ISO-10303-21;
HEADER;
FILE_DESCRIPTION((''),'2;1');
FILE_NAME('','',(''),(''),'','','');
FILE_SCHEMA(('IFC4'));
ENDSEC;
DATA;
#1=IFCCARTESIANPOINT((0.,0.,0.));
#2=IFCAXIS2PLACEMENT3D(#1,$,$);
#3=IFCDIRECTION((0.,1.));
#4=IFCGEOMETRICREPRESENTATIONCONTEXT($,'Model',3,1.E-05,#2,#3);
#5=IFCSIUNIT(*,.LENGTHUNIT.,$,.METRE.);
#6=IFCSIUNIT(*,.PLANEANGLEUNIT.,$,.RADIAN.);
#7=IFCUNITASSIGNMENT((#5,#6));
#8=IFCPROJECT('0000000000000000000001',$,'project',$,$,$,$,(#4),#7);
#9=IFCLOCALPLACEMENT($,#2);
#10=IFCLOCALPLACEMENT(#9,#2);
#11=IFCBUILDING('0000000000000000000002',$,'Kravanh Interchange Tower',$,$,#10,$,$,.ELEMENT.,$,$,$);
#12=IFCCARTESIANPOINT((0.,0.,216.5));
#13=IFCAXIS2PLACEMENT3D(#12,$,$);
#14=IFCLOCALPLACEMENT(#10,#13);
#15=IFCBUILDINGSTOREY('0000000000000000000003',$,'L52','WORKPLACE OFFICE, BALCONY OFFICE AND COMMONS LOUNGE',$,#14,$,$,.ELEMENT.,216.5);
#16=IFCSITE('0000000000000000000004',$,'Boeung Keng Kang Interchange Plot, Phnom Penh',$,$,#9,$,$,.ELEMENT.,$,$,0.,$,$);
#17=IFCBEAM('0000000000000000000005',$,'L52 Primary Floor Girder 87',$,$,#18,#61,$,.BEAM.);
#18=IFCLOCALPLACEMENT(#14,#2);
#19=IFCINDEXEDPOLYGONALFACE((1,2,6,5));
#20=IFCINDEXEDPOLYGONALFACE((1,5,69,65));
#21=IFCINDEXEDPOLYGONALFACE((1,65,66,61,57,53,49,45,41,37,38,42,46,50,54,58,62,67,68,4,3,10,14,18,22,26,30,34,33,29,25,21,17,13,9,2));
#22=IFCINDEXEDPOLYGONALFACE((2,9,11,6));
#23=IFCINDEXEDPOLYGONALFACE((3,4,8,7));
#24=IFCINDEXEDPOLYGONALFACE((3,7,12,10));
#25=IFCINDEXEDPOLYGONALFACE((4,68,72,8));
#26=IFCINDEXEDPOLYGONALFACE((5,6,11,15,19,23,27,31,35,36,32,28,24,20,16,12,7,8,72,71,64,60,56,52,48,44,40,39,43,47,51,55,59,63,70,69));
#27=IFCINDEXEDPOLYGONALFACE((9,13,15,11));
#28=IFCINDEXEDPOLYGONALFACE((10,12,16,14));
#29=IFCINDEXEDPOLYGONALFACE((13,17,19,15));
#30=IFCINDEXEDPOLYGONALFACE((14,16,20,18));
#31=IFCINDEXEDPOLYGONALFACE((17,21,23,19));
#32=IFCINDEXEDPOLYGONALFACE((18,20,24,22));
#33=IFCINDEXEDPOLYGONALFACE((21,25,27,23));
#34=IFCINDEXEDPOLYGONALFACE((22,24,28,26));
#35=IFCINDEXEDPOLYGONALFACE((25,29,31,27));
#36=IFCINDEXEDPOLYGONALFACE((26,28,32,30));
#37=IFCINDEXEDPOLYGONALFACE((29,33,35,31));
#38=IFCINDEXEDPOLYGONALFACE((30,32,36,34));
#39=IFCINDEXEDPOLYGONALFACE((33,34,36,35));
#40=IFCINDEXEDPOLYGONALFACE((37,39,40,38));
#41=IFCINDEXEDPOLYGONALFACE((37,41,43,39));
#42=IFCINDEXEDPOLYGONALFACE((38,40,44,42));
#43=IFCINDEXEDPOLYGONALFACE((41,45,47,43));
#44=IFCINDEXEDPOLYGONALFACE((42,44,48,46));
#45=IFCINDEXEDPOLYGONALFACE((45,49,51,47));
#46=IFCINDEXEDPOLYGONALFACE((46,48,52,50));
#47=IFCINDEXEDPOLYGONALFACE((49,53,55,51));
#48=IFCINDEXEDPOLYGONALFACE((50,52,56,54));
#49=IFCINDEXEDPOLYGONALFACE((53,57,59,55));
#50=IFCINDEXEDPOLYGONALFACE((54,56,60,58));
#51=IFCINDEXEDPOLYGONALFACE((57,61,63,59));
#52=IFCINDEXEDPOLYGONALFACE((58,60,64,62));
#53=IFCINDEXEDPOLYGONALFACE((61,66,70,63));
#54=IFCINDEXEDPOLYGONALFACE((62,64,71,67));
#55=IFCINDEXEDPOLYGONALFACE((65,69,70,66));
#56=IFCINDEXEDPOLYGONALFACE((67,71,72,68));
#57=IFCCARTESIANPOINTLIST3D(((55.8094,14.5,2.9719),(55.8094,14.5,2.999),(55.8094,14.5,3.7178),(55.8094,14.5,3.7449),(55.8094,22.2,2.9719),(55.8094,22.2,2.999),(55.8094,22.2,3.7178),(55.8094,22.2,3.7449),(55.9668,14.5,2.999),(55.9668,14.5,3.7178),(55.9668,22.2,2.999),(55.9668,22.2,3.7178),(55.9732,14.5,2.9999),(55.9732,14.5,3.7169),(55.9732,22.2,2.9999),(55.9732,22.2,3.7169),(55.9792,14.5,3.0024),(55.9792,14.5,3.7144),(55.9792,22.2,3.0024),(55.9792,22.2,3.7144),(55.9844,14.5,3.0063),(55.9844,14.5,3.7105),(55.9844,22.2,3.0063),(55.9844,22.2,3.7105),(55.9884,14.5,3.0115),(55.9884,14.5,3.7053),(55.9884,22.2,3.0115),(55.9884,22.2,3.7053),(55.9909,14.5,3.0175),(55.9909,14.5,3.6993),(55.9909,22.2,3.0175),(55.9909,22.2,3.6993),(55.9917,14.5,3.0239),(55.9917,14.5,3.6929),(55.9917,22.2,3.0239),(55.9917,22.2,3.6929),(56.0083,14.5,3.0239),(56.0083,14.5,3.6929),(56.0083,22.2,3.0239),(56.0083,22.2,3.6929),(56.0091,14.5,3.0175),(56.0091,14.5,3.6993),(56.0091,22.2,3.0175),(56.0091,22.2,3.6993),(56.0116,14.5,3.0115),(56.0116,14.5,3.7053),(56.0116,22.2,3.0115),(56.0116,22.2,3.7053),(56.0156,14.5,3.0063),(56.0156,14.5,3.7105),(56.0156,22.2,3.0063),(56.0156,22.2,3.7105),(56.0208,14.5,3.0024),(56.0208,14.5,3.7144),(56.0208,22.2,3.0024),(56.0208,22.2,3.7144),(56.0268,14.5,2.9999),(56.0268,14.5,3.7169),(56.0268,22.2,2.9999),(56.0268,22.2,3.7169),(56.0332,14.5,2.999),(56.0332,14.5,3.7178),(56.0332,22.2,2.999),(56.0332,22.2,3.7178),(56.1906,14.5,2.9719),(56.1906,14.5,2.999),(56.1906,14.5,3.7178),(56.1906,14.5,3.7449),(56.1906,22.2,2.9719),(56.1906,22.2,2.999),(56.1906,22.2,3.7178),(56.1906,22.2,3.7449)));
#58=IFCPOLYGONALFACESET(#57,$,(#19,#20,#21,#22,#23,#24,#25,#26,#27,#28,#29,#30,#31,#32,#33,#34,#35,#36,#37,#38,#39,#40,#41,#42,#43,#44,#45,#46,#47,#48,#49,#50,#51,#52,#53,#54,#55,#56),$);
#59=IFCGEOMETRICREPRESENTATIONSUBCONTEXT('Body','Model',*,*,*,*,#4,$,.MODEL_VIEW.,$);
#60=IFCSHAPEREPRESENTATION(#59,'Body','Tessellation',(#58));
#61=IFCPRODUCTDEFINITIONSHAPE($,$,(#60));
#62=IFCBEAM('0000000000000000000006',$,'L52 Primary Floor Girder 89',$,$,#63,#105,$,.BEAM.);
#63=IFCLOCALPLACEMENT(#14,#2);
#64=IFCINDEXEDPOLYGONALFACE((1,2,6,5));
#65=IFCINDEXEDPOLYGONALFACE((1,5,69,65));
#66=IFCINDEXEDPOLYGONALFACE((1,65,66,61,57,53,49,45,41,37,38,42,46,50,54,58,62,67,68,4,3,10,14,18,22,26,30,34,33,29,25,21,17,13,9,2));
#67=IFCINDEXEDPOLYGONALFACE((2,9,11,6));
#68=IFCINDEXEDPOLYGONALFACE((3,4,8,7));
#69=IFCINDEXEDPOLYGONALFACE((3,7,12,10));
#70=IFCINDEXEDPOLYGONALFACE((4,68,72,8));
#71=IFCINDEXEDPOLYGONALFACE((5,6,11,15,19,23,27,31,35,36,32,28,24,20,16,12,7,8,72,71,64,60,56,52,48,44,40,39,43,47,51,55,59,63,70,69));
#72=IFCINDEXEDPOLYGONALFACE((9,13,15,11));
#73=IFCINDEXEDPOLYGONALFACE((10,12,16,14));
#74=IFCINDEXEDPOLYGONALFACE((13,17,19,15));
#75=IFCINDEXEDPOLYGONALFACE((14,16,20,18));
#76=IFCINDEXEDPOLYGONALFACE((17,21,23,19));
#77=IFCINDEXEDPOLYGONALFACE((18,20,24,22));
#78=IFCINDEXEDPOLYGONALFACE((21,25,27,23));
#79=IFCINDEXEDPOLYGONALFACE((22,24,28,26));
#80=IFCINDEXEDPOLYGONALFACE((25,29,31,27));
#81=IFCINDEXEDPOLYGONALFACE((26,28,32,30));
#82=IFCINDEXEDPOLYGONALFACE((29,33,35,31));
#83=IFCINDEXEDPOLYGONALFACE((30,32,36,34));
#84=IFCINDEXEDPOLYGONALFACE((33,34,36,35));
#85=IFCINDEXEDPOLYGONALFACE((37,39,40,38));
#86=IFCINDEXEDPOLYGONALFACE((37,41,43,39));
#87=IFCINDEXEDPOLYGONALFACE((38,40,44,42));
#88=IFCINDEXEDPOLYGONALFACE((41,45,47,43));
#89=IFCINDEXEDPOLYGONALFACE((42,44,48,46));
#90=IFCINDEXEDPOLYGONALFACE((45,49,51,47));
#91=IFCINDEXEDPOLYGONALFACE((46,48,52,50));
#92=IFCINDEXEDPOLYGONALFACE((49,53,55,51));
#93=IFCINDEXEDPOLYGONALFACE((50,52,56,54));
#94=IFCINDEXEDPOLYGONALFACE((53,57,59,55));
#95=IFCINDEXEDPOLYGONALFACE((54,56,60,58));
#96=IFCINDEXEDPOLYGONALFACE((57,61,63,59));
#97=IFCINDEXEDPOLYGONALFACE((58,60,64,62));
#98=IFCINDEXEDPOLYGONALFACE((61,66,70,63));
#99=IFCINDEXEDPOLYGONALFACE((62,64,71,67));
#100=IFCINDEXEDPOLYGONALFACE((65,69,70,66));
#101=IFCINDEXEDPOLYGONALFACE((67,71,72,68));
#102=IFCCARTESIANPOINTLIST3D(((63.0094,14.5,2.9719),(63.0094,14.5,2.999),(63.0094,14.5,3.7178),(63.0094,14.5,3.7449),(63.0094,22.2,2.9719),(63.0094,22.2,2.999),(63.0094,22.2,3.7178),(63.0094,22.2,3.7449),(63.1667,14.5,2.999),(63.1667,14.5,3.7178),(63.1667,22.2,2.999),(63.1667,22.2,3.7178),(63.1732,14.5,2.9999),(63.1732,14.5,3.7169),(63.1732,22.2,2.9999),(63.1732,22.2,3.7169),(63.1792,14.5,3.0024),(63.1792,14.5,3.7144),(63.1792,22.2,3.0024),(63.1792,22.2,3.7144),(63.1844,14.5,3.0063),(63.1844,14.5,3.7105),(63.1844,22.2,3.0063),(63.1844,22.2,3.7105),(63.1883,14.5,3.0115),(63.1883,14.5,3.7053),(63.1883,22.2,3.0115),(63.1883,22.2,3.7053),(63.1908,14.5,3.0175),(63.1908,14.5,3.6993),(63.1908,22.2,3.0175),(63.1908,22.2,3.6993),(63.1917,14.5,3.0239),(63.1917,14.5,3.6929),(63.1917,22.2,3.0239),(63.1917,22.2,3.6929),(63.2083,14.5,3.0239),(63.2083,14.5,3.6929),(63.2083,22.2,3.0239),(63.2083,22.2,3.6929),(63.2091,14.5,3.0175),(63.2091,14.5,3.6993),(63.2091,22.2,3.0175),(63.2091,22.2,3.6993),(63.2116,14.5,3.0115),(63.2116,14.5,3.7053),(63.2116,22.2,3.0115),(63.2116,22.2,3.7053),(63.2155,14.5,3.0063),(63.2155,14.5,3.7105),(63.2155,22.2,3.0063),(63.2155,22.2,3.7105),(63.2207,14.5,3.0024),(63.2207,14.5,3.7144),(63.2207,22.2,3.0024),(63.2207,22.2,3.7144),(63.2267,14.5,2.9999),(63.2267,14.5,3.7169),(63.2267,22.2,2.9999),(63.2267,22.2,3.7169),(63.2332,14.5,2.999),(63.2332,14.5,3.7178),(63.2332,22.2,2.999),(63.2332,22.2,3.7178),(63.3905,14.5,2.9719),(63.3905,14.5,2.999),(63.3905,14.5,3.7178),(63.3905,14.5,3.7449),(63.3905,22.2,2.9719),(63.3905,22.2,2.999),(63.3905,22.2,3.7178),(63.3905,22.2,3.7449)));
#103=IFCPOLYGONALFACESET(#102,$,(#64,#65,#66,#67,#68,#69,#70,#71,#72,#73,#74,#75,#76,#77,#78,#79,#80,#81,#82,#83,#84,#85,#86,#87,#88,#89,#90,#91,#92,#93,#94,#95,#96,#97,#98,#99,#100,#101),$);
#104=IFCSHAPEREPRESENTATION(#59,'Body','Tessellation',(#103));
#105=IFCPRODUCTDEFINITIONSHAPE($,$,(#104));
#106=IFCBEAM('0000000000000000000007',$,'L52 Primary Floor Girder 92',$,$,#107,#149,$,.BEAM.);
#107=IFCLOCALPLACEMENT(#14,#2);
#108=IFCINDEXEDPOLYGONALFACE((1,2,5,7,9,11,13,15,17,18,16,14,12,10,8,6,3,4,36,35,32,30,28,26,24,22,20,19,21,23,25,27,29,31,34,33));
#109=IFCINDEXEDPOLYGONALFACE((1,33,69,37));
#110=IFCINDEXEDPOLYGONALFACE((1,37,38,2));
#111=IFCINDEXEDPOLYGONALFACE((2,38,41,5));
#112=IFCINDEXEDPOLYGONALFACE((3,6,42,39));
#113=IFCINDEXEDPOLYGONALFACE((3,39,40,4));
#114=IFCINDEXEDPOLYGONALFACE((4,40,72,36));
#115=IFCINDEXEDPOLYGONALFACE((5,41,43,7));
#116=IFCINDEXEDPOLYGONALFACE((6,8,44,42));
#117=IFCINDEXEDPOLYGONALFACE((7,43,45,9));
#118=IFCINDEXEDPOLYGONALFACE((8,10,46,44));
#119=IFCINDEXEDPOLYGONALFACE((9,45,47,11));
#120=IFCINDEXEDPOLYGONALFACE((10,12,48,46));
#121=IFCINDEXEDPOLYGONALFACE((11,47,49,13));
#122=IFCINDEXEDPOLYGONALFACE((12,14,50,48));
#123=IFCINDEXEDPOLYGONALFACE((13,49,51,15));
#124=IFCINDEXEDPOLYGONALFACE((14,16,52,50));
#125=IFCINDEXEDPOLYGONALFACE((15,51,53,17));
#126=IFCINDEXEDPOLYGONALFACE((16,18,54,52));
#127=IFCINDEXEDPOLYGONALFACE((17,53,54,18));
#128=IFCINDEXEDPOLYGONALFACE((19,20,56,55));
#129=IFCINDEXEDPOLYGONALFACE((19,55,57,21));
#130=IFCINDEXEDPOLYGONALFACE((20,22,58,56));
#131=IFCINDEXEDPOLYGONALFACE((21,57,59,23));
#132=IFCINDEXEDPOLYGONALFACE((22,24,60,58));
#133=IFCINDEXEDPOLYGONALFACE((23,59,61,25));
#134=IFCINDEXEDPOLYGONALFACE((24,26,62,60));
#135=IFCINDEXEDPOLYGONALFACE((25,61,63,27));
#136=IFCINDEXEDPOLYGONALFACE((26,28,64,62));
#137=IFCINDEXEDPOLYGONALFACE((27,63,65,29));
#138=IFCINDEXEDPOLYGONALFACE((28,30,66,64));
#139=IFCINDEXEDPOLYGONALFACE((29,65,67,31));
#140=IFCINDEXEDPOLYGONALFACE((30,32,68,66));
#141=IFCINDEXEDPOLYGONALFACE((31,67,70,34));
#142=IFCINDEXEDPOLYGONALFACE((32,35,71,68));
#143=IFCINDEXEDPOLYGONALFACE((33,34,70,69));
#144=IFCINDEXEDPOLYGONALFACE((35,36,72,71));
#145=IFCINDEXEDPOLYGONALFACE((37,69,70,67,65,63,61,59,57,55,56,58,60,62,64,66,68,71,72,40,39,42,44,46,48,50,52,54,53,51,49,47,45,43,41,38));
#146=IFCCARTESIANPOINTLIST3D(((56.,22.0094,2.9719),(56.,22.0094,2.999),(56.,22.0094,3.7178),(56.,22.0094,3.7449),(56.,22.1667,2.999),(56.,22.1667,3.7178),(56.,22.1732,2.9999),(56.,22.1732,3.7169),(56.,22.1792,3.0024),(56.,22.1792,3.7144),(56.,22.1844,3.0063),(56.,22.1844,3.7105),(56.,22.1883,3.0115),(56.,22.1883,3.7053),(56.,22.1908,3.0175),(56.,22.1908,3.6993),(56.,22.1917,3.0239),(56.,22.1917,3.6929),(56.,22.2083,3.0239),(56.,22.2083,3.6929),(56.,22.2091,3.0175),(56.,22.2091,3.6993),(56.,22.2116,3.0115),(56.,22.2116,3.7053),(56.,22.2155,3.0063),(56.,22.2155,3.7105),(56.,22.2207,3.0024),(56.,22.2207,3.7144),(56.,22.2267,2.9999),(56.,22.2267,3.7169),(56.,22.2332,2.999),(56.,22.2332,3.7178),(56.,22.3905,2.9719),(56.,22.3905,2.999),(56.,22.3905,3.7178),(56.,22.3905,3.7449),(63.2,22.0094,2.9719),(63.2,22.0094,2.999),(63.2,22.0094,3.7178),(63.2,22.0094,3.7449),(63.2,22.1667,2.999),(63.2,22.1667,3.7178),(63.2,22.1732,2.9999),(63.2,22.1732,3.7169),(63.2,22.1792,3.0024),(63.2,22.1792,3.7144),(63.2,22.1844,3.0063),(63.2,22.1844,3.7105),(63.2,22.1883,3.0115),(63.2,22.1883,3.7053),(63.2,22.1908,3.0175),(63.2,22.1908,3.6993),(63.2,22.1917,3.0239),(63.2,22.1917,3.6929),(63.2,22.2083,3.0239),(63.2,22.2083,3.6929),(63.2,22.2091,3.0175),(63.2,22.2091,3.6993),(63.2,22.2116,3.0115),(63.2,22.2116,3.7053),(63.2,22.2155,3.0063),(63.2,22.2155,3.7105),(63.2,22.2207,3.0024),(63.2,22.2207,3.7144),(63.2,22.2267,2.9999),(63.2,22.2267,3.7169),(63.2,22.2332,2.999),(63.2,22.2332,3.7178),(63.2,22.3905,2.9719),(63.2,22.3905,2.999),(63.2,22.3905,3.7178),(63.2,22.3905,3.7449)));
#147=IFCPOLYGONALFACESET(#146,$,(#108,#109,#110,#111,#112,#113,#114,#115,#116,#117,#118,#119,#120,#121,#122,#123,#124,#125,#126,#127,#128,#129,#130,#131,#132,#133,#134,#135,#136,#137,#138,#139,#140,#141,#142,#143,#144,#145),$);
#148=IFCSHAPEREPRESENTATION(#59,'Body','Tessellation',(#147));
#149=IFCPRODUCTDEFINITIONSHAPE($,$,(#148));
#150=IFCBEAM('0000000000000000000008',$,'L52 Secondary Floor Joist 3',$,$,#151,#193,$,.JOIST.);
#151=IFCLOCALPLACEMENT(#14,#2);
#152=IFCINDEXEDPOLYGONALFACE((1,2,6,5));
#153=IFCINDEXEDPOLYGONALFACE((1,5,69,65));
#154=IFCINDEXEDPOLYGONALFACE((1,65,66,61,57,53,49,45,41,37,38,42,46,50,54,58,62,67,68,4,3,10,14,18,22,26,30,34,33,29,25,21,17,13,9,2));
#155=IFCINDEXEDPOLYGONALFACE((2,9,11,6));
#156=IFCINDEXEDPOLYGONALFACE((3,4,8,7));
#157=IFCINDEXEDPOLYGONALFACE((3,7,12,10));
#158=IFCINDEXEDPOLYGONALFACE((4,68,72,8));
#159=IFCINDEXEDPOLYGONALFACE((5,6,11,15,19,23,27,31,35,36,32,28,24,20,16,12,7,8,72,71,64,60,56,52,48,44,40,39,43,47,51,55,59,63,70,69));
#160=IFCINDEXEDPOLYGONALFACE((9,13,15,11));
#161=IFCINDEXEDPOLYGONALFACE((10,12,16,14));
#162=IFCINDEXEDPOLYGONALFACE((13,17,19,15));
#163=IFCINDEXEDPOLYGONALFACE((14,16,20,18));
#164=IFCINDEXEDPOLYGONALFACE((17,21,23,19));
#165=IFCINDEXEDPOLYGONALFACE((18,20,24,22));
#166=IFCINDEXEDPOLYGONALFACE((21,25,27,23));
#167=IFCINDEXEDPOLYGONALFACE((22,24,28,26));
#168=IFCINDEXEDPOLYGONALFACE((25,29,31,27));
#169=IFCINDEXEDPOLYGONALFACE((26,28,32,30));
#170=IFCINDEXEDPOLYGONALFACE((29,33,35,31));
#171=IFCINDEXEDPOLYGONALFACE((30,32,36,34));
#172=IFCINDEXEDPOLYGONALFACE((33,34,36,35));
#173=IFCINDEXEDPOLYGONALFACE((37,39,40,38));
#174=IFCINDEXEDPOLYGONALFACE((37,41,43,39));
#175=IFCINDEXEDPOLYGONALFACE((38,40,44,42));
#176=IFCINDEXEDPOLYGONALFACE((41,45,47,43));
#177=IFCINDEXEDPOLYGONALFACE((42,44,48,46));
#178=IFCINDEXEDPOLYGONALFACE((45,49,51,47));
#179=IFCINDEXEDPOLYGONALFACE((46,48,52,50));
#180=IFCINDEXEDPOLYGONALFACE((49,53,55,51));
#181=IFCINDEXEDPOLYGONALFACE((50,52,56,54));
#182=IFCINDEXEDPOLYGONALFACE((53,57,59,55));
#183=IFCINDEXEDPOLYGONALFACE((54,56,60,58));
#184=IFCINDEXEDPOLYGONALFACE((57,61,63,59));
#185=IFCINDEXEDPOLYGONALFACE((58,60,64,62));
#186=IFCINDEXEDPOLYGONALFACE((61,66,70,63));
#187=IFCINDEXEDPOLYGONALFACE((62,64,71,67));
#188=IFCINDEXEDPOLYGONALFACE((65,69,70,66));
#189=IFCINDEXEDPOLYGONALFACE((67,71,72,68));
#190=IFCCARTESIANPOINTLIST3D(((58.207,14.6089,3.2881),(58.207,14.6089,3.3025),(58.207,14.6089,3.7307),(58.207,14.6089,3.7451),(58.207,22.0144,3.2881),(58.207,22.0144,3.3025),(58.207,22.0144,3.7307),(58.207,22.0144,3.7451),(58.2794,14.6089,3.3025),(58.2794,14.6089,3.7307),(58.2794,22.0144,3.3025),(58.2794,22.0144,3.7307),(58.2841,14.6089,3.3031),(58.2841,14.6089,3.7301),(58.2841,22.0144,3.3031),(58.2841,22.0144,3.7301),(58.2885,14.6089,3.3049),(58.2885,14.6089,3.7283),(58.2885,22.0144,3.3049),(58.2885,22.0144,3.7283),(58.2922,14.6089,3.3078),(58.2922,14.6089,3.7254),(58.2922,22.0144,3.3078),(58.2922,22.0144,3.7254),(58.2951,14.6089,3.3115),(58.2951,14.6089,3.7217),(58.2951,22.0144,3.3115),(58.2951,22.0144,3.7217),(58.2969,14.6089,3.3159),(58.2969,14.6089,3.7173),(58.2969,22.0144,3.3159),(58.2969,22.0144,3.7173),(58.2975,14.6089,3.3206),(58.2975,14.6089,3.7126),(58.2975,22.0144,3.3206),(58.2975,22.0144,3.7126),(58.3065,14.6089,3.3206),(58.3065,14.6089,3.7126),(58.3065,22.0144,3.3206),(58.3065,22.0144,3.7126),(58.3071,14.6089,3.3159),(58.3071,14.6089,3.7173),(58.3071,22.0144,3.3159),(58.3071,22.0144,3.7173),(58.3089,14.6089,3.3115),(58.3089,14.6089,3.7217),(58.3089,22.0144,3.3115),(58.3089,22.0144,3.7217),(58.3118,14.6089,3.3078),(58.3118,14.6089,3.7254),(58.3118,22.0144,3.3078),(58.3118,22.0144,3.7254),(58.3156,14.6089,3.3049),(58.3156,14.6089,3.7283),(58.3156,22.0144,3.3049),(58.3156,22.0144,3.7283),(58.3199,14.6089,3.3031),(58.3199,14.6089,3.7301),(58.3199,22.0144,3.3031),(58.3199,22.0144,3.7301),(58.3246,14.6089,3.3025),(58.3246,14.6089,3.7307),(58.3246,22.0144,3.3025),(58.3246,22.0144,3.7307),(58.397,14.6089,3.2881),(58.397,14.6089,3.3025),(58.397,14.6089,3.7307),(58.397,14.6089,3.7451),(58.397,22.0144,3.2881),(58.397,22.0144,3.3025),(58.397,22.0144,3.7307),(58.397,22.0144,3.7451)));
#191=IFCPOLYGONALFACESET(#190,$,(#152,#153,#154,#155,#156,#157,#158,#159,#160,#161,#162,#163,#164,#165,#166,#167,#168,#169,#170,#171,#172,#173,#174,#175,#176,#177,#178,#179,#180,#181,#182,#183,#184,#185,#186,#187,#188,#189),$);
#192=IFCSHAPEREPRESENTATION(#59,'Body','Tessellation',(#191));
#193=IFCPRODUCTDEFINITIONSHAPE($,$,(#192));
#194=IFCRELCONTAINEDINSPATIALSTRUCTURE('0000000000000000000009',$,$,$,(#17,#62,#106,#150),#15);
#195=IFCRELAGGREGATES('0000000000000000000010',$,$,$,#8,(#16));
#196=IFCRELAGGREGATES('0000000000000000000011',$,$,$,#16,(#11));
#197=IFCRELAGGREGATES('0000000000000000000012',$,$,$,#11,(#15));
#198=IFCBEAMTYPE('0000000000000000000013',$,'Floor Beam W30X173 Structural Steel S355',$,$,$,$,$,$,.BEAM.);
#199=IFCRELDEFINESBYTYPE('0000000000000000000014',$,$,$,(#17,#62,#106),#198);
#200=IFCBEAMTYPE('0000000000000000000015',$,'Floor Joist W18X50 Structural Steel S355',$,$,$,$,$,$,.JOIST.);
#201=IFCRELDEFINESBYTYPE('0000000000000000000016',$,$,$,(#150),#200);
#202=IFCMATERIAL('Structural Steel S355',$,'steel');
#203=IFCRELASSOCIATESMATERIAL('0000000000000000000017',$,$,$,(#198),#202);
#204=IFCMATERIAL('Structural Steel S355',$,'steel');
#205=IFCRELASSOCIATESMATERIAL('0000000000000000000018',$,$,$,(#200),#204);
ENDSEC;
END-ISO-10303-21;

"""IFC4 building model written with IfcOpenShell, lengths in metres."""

from ifc_helpers import new_model, si_unit, direction, frame, origin, origin_2d, place, context, subcontext, project, spatial, i_section, extrude, material, material_profile, profile_set, type_object, element, save


model = new_model("IFC4")

# Units and contexts
model_context = context("Model", 3, precision=1e-05, world=origin(), true_north=direction((0.0, 1.0)))
body_context = subcontext(model_context, "Body", "Model", "MODEL_VIEW")
ifc_project = project(units=[si_unit("LENGTHUNIT", "METRE"), si_unit("PLANEANGLEUNIT", "RADIAN")], contexts=[model_context])

# Site, building, storey
site_placement = place(None, origin())
site = spatial("IfcSite", under=ifc_project, at=site_placement, Name="Boeung Keng Kang Interchange Plot, Phnom Penh", CompositionType="ELEMENT", RefElevation=0.0)
building_placement = place(site_placement, origin())
building = spatial("IfcBuilding", under=site, at=building_placement, Name="Kravanh Interchange Tower", CompositionType="ELEMENT")
storey_placement = place(building_placement, frame((0.0, 0.0, 216.5)))
storey = spatial("IfcBuildingStorey", under=building, at=storey_placement, Name="L52", Description="WORKPLACE OFFICE, BALCONY OFFICE AND COMMONS LOUNGE", CompositionType="ELEMENT", Elevation=216.5)

# Beams
ifc_material_1 = material(Name="Structural Steel S355", Category="steel")
ifc_material_profile_1 = material_profile(ifc_material_1, i_section(OverallWidth=0.3811, OverallDepth=0.7729, WebThickness=0.0166, FlangeThickness=0.0271, FilletRadius=0.0249, at=origin_2d()), Name="W30X173")
ifc_profile_set_1 = profile_set([ifc_material_profile_1], Name="Structural Steel S355")
beam_type_1 = type_object("IfcBeamType", Name="Floor Beam W30X173 Structural Steel S355", PredefinedType="BEAM", material=ifc_profile_set_1)
for number, where, z_axis, x_axis, name in (
    (1, (56.0, 14.5, 3.3584), (0.0, 1.0, 0.0), (-1.0, 0.0, 0.0), "L52 Primary Floor Girder 87"),
    (2, (63.2, 14.5, 3.3584), (0.0, 1.0, 0.0), (-1.0, 0.0, 0.0), "L52 Primary Floor Girder 89"),
):
    element("IfcBeam", number, at=place(storey_placement, frame(where, z_axis=z_axis, x_axis=x_axis)), inside=storey, type_object=beam_type_1, Name=name, PredefinedType="BEAM", context=body_context, shape_type="SweptSolid", body=[
        extrude(i_section(OverallWidth=0.3811, OverallDepth=0.7729, WebThickness=0.0166, FlangeThickness=0.0271, FilletRadius=0.0249, at=origin_2d()), origin(), (0.0, 0.0, 1.0), 7.7),
    ])
beam_1_placement = place(storey_placement, frame((56.0, 22.2, 3.3584), z_axis=(1.0, 0.0, 0.0), x_axis=(0.0, 1.0, 0.0)))
element("IfcBeam", 3, at=beam_1_placement, inside=storey, type_object=beam_type_1, Name="L52 Primary Floor Girder 92", PredefinedType="BEAM", context=body_context, shape_type="SweptSolid", body=[
    extrude(i_section(OverallWidth=0.3811, OverallDepth=0.7729, WebThickness=0.0166, FlangeThickness=0.0271, FilletRadius=0.0249, at=origin_2d()), origin(), (0.0, 0.0, 1.0), 7.2),
])
ifc_material_2 = material(Name="Structural Steel S355", Category="steel")
ifc_material_profile_2 = material_profile(ifc_material_2, i_section(OverallWidth=0.1899, OverallDepth=0.457, WebThickness=0.009, FlangeThickness=0.0144, FilletRadius=0.0181, at=origin_2d()), Name="W18X50")
ifc_profile_set_2 = profile_set([ifc_material_profile_2], Name="Structural Steel S355")
beam_type_2 = type_object("IfcBeamType", Name="Floor Joist W18X50 Structural Steel S355", PredefinedType="JOIST", material=ifc_profile_set_2)
for number, where, z_axis, x_axis, name in (
    (4, (58.302, 14.6089, 3.5166), (0.0, 1.0, 0.0), (-1.0, 0.0, 0.0), "L52 Secondary Floor Joist 3"),
):
    element("IfcBeam", number, at=place(storey_placement, frame(where, z_axis=z_axis, x_axis=x_axis)), inside=storey, type_object=beam_type_2, Name=name, PredefinedType="JOIST", context=body_context, shape_type="SweptSolid", body=[
        extrude(i_section(OverallWidth=0.1899, OverallDepth=0.457, WebThickness=0.009, FlangeThickness=0.0144, FilletRadius=0.0181, at=origin_2d()), origin(), (0.0, 0.0, 1.0), 7.4055),
    ])

save(model, "model.ifc")
